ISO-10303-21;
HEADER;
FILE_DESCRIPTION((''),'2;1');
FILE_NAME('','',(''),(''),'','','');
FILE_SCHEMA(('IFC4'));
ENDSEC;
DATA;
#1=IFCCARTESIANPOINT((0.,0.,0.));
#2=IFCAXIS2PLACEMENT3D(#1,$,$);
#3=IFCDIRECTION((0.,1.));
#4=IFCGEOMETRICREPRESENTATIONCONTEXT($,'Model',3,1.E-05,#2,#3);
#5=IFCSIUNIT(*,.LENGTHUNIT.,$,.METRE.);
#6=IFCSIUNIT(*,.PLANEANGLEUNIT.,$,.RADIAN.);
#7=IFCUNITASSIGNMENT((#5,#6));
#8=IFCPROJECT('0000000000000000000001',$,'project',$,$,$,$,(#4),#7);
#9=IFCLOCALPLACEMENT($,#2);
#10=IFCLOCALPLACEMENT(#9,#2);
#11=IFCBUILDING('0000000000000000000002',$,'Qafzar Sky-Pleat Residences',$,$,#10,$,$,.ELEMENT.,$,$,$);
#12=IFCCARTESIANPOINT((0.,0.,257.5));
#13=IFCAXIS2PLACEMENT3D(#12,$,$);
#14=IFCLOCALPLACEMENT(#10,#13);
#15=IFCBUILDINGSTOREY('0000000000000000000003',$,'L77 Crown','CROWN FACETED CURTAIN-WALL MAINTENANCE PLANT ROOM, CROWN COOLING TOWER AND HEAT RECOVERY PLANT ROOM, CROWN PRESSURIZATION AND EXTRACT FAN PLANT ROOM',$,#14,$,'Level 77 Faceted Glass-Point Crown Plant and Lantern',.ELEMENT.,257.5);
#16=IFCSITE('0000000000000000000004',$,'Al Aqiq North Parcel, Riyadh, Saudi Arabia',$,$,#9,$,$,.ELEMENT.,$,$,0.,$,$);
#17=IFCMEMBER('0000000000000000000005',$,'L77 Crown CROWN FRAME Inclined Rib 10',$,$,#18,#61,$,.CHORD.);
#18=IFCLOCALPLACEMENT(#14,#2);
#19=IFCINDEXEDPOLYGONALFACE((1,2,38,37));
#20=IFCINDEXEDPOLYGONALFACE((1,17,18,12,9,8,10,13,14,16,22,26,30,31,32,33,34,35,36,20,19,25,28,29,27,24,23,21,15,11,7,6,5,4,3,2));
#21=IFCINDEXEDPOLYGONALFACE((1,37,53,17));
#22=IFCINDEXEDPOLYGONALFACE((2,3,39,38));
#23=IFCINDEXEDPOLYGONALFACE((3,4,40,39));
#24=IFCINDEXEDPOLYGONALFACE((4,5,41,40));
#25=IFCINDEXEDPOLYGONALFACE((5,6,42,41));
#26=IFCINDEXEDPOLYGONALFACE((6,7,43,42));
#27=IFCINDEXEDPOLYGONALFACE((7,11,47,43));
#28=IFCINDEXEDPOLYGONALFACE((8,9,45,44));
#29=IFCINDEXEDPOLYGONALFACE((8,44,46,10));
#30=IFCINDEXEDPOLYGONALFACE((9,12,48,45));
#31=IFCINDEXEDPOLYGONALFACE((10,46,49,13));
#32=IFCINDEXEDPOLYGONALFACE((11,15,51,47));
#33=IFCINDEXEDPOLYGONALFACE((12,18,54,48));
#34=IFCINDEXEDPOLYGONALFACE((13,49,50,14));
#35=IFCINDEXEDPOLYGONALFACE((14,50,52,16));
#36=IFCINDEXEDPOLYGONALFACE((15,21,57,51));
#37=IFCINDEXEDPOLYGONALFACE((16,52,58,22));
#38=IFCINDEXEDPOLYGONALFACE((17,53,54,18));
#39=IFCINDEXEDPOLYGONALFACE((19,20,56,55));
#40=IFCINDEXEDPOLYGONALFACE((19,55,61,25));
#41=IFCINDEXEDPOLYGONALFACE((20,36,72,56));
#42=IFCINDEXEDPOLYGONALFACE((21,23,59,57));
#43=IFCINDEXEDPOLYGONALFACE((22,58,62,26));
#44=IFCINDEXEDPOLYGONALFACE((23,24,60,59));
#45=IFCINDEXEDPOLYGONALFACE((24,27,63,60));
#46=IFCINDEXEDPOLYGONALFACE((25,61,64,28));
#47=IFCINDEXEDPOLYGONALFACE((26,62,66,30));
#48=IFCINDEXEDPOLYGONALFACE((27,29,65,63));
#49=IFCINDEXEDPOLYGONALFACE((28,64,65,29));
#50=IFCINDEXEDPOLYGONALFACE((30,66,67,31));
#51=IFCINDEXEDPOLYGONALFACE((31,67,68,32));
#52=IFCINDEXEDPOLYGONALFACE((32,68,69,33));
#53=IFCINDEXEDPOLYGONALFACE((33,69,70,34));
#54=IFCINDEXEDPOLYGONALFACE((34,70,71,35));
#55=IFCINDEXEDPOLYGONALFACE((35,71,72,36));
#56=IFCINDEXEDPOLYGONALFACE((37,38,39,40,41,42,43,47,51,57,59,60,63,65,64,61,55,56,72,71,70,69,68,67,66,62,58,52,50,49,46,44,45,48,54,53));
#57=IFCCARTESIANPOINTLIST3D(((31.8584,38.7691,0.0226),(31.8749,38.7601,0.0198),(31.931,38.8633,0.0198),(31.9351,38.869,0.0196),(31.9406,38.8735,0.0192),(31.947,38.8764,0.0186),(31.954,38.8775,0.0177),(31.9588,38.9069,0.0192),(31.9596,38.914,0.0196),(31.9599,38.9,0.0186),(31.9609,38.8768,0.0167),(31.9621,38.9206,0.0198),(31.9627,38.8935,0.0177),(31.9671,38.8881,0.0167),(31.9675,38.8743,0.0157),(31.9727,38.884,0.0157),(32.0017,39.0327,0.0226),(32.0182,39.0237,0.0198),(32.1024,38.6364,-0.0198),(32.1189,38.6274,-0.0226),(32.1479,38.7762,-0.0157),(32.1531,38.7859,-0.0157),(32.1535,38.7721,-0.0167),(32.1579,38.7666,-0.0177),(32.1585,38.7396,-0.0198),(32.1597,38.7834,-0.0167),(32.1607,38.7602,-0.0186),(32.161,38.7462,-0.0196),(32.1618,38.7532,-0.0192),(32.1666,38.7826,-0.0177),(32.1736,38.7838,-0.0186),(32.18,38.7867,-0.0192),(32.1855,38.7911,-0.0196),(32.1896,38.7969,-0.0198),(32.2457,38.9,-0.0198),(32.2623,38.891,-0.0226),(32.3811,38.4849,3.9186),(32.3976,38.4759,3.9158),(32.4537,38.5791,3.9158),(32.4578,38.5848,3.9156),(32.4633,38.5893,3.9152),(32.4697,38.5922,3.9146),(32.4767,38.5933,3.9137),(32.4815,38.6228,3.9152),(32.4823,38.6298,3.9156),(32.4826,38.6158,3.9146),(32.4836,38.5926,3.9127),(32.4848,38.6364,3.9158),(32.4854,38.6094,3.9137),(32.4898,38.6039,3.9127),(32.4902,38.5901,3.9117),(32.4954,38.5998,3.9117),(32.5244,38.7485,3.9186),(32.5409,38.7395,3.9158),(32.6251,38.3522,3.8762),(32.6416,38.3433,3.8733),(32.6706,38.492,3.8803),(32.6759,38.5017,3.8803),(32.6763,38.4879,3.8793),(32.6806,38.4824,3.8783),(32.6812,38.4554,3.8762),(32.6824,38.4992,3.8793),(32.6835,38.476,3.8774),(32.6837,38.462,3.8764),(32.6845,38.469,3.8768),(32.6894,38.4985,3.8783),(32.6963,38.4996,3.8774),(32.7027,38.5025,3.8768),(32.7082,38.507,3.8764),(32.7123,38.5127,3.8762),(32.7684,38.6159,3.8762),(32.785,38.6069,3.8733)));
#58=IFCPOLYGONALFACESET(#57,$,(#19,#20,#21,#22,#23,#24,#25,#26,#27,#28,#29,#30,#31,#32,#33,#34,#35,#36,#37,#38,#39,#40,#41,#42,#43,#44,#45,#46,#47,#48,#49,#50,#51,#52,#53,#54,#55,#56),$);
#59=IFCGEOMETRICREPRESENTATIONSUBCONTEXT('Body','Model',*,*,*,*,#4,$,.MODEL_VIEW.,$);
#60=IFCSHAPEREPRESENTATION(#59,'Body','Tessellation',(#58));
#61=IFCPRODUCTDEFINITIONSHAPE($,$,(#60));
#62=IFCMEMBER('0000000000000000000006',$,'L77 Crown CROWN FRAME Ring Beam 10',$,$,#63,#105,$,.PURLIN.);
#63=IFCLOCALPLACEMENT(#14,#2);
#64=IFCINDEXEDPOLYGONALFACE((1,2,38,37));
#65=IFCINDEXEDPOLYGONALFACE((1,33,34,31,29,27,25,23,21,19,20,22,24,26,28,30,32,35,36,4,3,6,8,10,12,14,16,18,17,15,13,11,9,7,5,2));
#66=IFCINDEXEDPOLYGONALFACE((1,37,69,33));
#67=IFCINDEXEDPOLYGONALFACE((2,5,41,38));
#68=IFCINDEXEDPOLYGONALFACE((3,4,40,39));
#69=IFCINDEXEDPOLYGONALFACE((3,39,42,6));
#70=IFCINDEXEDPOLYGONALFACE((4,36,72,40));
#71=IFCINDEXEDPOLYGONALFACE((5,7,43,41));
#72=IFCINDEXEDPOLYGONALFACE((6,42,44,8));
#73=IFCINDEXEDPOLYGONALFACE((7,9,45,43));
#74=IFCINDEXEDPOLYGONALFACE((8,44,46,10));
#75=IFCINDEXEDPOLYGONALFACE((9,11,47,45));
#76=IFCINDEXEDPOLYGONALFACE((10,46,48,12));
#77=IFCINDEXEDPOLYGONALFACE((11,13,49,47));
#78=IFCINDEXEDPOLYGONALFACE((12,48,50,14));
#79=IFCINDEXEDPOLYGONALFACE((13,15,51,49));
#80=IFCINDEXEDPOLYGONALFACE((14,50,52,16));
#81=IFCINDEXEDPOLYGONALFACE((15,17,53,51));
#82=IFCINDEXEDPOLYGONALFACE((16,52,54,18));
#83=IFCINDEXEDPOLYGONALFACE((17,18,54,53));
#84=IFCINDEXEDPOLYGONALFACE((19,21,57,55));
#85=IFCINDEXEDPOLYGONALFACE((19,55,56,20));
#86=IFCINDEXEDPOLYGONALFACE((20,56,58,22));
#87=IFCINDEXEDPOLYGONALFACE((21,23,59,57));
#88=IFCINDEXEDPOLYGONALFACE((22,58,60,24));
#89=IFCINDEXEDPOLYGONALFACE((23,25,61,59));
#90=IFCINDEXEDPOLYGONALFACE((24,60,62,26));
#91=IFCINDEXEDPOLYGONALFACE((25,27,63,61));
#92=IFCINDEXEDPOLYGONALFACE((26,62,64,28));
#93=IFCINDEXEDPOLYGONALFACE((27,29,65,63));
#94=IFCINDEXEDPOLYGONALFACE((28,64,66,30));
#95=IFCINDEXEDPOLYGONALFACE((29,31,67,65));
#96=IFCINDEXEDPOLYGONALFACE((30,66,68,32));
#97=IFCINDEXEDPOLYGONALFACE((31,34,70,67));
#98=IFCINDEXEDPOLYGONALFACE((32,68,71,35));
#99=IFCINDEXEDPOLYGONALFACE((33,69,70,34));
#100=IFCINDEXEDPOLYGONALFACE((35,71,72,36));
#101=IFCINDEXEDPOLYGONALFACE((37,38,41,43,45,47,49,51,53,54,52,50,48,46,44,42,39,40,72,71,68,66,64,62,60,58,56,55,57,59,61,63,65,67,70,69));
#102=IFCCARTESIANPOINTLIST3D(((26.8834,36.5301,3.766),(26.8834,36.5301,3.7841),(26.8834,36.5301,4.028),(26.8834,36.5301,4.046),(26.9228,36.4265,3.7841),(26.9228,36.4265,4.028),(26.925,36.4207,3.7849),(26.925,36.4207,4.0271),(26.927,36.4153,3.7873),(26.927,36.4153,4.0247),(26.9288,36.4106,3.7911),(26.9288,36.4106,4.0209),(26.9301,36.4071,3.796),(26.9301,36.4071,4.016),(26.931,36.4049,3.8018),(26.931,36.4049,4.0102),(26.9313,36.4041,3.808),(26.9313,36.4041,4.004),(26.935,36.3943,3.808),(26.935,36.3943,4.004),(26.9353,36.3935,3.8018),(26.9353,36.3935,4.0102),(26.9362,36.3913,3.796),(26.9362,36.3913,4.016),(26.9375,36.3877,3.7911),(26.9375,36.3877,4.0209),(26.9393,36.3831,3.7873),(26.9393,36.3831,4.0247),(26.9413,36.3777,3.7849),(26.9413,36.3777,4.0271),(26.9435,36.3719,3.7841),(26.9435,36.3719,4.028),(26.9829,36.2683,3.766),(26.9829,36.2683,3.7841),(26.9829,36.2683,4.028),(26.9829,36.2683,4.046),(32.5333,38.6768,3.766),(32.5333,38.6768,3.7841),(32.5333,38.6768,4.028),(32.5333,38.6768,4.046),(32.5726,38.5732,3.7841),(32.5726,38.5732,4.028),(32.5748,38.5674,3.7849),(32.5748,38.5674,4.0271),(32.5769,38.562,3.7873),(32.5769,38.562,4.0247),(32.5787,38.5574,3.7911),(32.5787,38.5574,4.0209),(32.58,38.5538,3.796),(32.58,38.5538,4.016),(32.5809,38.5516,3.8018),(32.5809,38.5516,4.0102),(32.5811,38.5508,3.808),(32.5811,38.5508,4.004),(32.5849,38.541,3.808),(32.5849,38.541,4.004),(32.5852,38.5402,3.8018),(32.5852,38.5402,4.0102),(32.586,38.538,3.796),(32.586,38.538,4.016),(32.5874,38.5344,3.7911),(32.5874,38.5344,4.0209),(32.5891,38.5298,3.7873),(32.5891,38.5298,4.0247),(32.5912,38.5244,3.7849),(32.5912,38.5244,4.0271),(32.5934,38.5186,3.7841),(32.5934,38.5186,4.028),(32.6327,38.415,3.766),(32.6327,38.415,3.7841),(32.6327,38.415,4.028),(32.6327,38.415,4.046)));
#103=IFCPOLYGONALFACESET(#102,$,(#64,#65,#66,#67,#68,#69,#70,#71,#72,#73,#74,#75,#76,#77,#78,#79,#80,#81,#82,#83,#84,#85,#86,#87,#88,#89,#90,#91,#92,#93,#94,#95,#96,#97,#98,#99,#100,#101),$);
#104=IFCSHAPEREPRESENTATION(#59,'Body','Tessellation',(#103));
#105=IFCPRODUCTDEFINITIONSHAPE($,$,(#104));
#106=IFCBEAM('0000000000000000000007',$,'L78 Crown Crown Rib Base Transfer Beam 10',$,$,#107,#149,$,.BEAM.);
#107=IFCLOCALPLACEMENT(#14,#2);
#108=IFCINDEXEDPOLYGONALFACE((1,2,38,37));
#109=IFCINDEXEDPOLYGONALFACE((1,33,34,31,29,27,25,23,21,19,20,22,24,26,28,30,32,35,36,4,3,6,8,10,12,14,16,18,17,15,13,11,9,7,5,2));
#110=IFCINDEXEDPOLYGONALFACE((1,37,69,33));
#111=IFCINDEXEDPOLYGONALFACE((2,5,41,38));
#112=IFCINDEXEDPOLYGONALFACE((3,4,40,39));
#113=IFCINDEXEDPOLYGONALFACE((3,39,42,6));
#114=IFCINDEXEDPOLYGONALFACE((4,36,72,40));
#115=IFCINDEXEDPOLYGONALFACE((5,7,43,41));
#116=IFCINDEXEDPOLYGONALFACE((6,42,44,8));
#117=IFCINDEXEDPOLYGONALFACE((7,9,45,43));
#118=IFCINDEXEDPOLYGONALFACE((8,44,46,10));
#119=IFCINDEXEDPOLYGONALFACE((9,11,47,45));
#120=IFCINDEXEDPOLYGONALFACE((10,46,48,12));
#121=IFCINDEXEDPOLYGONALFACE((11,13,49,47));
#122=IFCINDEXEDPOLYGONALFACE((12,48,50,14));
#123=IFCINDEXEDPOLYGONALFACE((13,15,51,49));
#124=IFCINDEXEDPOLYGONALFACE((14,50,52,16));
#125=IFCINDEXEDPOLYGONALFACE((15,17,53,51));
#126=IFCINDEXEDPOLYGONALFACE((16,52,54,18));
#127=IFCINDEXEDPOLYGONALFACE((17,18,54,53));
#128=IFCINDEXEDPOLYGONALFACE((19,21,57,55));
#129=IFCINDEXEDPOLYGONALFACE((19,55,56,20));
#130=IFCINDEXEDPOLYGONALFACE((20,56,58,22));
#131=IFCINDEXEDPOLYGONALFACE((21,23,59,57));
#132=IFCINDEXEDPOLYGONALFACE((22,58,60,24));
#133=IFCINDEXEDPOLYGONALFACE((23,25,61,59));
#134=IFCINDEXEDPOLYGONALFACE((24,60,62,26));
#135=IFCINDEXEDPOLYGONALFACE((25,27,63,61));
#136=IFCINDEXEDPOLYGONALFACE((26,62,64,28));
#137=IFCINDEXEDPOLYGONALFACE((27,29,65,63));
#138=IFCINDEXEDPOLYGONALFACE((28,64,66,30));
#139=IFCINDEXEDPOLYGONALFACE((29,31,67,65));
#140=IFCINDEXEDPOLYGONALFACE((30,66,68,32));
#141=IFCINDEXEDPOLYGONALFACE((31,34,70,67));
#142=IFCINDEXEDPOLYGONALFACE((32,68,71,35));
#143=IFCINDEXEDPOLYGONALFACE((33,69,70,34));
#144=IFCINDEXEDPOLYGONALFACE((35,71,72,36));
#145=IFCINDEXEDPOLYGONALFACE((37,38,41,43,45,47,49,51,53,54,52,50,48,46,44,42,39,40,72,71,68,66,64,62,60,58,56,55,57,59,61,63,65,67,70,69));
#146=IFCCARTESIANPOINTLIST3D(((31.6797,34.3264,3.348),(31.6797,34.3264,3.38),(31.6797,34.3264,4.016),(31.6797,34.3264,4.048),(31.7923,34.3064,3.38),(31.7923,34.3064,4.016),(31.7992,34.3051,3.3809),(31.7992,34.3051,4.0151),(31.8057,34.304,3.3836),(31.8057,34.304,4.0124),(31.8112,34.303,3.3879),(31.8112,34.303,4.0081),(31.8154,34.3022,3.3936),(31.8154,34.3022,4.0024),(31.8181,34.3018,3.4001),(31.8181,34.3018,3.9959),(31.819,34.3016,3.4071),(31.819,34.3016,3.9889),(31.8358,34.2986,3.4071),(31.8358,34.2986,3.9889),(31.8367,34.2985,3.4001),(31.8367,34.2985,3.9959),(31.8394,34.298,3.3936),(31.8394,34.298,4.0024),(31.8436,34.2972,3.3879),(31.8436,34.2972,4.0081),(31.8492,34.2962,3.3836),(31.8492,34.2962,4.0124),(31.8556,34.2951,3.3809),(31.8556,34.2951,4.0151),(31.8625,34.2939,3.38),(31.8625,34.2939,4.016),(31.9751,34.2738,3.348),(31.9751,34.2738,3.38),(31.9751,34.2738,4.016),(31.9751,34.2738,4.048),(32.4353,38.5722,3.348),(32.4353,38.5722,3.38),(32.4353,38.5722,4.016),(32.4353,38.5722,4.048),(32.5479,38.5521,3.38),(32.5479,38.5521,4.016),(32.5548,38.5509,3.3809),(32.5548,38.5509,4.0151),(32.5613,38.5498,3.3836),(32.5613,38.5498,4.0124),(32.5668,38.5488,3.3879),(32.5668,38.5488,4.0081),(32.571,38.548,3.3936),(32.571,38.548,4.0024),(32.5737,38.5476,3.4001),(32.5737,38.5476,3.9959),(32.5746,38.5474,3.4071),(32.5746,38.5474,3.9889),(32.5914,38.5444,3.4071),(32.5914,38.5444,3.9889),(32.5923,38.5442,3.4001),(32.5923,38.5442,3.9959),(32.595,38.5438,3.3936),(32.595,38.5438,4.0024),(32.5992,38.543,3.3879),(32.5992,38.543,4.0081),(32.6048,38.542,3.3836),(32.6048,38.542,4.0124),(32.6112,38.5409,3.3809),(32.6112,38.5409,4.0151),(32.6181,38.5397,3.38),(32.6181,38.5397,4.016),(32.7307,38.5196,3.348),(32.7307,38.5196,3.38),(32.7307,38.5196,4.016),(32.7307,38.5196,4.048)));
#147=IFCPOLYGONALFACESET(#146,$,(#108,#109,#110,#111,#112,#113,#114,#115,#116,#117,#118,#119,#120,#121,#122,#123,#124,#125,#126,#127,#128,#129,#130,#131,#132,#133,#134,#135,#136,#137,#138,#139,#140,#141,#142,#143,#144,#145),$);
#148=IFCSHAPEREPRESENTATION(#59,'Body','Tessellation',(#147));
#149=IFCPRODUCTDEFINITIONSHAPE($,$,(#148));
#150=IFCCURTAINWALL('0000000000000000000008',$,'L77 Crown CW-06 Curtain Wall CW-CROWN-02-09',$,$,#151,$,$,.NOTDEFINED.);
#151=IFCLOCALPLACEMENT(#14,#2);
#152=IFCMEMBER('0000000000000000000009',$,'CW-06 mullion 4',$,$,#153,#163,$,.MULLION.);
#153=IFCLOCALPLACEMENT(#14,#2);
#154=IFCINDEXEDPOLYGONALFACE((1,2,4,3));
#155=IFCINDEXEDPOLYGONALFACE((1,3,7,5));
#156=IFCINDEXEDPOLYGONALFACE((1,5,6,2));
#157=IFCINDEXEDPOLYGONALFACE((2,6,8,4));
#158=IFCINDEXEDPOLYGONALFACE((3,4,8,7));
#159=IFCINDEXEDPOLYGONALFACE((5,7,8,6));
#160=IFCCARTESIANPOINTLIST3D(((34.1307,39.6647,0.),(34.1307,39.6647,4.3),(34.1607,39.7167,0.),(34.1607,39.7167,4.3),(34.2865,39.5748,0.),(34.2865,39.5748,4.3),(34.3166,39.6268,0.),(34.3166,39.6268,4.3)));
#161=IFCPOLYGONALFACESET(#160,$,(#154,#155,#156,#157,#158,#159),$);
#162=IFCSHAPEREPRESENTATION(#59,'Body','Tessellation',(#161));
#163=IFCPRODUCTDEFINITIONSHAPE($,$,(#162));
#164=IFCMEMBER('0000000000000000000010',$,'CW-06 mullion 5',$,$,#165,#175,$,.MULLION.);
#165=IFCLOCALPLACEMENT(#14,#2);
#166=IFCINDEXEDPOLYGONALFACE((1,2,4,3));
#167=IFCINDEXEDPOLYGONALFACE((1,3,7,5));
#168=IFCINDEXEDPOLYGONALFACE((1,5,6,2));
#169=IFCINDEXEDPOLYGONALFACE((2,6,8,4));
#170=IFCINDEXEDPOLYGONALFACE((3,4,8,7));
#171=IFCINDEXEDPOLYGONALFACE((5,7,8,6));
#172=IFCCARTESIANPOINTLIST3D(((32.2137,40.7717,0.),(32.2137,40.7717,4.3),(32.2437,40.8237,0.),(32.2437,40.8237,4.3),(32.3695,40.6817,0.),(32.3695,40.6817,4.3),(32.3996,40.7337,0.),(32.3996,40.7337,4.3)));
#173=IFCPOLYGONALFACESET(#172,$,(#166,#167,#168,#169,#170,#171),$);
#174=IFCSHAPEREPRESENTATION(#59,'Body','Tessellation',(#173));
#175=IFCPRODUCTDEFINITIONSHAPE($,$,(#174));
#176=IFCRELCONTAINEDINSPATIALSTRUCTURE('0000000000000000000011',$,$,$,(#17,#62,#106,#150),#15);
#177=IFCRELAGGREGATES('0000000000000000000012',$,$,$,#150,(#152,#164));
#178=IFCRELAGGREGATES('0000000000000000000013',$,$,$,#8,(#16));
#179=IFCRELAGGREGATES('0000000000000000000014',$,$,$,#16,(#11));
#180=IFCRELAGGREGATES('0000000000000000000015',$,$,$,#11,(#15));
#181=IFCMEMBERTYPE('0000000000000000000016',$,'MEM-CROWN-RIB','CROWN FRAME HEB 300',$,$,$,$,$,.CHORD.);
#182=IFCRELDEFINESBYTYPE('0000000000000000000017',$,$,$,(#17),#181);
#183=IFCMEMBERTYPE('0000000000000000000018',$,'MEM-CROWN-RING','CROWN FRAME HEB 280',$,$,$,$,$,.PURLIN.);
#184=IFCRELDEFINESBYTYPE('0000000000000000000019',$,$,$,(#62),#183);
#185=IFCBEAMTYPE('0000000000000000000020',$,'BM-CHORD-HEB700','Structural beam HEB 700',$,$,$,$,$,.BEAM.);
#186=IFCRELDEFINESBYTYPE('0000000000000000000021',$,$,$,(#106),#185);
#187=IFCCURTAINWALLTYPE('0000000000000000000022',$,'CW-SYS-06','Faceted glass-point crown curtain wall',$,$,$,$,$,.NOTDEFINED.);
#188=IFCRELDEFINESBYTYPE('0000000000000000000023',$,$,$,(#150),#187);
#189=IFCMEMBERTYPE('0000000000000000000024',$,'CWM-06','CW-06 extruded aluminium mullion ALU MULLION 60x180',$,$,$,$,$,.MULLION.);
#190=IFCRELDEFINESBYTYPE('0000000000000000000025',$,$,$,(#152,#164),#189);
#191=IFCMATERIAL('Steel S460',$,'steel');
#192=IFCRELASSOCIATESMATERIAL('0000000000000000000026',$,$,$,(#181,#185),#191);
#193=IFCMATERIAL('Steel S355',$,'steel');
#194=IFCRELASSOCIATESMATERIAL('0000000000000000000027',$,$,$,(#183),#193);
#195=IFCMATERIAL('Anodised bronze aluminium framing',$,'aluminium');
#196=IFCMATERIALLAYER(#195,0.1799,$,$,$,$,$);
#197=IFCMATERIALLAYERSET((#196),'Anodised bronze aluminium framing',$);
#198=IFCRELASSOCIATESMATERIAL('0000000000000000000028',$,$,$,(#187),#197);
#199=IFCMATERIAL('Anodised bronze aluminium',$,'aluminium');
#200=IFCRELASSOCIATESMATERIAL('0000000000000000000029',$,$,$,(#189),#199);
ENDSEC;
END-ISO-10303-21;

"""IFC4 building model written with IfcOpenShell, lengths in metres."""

from ifc_helpers import new_model, si_unit, direction, frame, origin, origin_2d, place, context, subcontext, project, spatial, rectangle, i_section, extrude, source, transform, mapped, material, layer, layer_set, material_profile, profile_set, type_object, element, aggregate, save


model = new_model("IFC4")

# Units and contexts
model_context = context("Model", 3, precision=1e-05, world=origin(), true_north=direction((0.0, 1.0)))
body_context = subcontext(model_context, "Body", "Model", "MODEL_VIEW")
ifc_project = project(units=[si_unit("LENGTHUNIT", "METRE"), si_unit("PLANEANGLEUNIT", "RADIAN")], contexts=[model_context])

# Site, building, storey
site_placement = place(None, origin())
site = spatial("IfcSite", under=ifc_project, at=site_placement, Name="Al Aqiq North Parcel, Riyadh, Saudi Arabia", CompositionType="ELEMENT", RefElevation=0.0)
building_placement = place(site_placement, origin())
building = spatial("IfcBuilding", under=site, at=building_placement, Name="Qafzar Sky-Pleat Residences", CompositionType="ELEMENT")
storey_placement = place(building_placement, frame((0.0, 0.0, 257.5)))
storey = spatial("IfcBuildingStorey", under=building, at=storey_placement, Name="L77 Crown", Description="CROWN FACETED CURTAIN-WALL MAINTENANCE PLANT ROOM, CROWN COOLING TOWER AND HEAT RECOVERY PLANT ROOM, CROWN PRESSURIZATION AND EXTRACT FAN PLANT ROOM", LongName="Level 77 Faceted Glass-Point Crown Plant and Lantern", CompositionType="ELEMENT", Elevation=257.5)

# Members
ifc_material_1 = material(Name="Steel S460", Category="steel")
ifc_material_profile_1 = material_profile(ifc_material_1, i_section(OverallWidth=0.3, OverallDepth=0.3, WebThickness=0.011, FlangeThickness=0.019, FilletRadius=0.0271, at=origin_2d()), Name="HEB 300")
ifc_profile_set_1 = profile_set([ifc_material_profile_1], Name="Steel S460")
member_type_1 = type_object("IfcMemberType", Name="MEM-CROWN-RIB", Description="CROWN FRAME HEB 300", PredefinedType="CHORD", material=ifc_profile_set_1)
shared_shape_1 = source(origin(), body_context, "Body", "SweptSolid", [
    extrude(i_section(OverallWidth=0.3, OverallDepth=0.3, WebThickness=0.011, FlangeThickness=0.019, FilletRadius=0.0271, at=origin_2d()), origin(), (0.0, 0.0, 1.0), 3.9412),
])
member_1_placement = place(storey_placement, frame((32.0603, 38.8301, 0.0), z_axis=(0.132627, -0.072106, 0.98854), x_axis=(0.477644, 0.878553, 0.0)))
element("IfcMember", 1, at=member_1_placement, inside=storey, type_object=member_type_1, Name="L77 Crown CROWN FRAME Inclined Rib 10", PredefinedType="CHORD", context=body_context, shape_type="MappedRepresentation", body=[
    mapped(shared_shape_1, transform((0.0, 0.0, 0.0), x_axis=(1.0, 0.0, 0.0), y_axis=(0.0, 1.0, 0.0), z_axis=(0.0, 0.0, 1.0), scale=1.0)),
])
ifc_material_2 = material(Name="Steel S355", Category="steel")
ifc_material_profile_2 = material_profile(ifc_material_2, i_section(OverallWidth=0.28, OverallDepth=0.28, WebThickness=0.0105, FlangeThickness=0.0181, FilletRadius=0.0239, at=origin_2d()), Name="HEB 280")
ifc_profile_set_2 = profile_set([ifc_material_profile_2], Name="Steel S355")
member_type_2 = type_object("IfcMemberType", Name="MEM-CROWN-RING", Description="CROWN FRAME HEB 280", PredefinedType="PURLIN", material=ifc_profile_set_2)
shared_shape_2 = source(origin(), body_context, "Body", "SweptSolid", [
    extrude(i_section(OverallWidth=0.28, OverallDepth=0.28, WebThickness=0.0105, FlangeThickness=0.0181, FilletRadius=0.0239, at=origin_2d()), origin(), (0.0, 0.0, 1.0), 6.0439),
])
member_2_placement = place(storey_placement, frame((32.583, 38.5459, 3.906), z_axis=(-0.934796, -0.355184, 0.0), x_axis=(0.355184, -0.934796, 0.0)))
element("IfcMember", 2, at=member_2_placement, inside=storey, type_object=member_type_2, Name="L77 Crown CROWN FRAME Ring Beam 10", PredefinedType="PURLIN", context=body_context, shape_type="MappedRepresentation", body=[
    mapped(shared_shape_2, transform((0.0, 0.0, 0.0), x_axis=(1.0, 0.0, 0.0), y_axis=(0.0, 1.0, 0.0), z_axis=(0.0, 0.0, 1.0), scale=1.0)),
])

# Beam
ifc_material_profile_3 = material_profile(ifc_material_1, i_section(OverallWidth=0.3, OverallDepth=0.7, WebThickness=0.0171, FlangeThickness=0.032, FilletRadius=0.0271, at=origin_2d()), Name="HEB 700")
ifc_profile_set_3 = profile_set([ifc_material_profile_3], Name="Steel S460")
beam_type = type_object("IfcBeamType", Name="BM-CHORD-HEB700", Description="Structural beam HEB 700", PredefinedType="BEAM", material=ifc_profile_set_3)
shared_shape_3 = source(origin(), body_context, "Body", "SweptSolid", [
    extrude(i_section(OverallWidth=0.3, OverallDepth=0.7, WebThickness=0.0171, FlangeThickness=0.032, FilletRadius=0.0271, at=origin_2d()), origin(), (0.0, 0.0, 1.0), 4.3125),
])
beam_placement = place(storey_placement, frame((32.583, 38.5459, 3.698), z_axis=(-0.175213, -0.984531, 0.0), x_axis=(0.984531, -0.175213, 0.0)))
element("IfcBeam", 3, at=beam_placement, inside=storey, type_object=beam_type, Name="L78 Crown Crown Rib Base Transfer Beam 10", PredefinedType="BEAM", context=body_context, shape_type="MappedRepresentation", body=[
    mapped(shared_shape_3, transform((0.0, 0.0, 0.0), x_axis=(1.0, 0.0, 0.0), y_axis=(0.0, 1.0, 0.0), z_axis=(0.0, 0.0, 1.0), scale=1.0)),
])

# Curtain wall, members
ifc_material_3 = material(Name="Anodised bronze aluminium framing", Category="aluminium")
ifc_layer_1 = layer(ifc_material_3, 0.1799)
ifc_layer_set_1 = layer_set([ifc_layer_1], Name="Anodised bronze aluminium framing")
curtain_wall_type = type_object("IfcCurtainWallType", Name="CW-SYS-06", Description="Faceted glass-point crown curtain wall", PredefinedType="NOTDEFINED", material=ifc_layer_set_1)
curtain_wall_1_placement = place(storey_placement, origin())
curtain_wall_1 = element("IfcCurtainWall", 4, at=curtain_wall_1_placement, inside=storey, type_object=curtain_wall_type, Name="L77 Crown CW-06 Curtain Wall CW-CROWN-02-09", PredefinedType="NOTDEFINED")
ifc_material_4 = material(Name="Anodised bronze aluminium", Category="aluminium")
ifc_material_profile_4 = material_profile(ifc_material_4, rectangle(XDim=0.0601, YDim=0.1799, at=origin_2d()), Name="ALU MULLION 60x180")
ifc_profile_set_4 = profile_set([ifc_material_profile_4], Name="Anodised bronze aluminium")
member_type_3 = type_object("IfcMemberType", Name="CWM-06", Description="CW-06 extruded aluminium mullion ALU MULLION 60x180", PredefinedType="MULLION", material=ifc_profile_set_4)
shared_shape_4 = source(origin(), body_context, "Body", "SweptSolid", [
    extrude(rectangle(XDim=0.0601, YDim=0.1799, at=origin_2d()), origin(), (0.0, 0.0, 1.0), 4.3),
])
member_3_placement = place(storey_placement, frame((34.2236, 39.6458, 0.0), z_axis=(0.0, 0.0, 1.0), x_axis=(-0.500003, -0.866024, 0.0)))
member_3 = element("IfcMember", 5, at=member_3_placement, type_object=member_type_3, Name="CW-06 mullion 4", PredefinedType="MULLION", context=body_context, shape_type="MappedRepresentation", body=[
    mapped(shared_shape_4, transform((0.0, 0.0, 0.0), x_axis=(1.0, 0.0, 0.0), y_axis=(0.0, 1.0, 0.0), z_axis=(0.0, 0.0, 1.0), scale=1.0)),
])
member_4_placement = place(storey_placement, frame((32.3066, 40.7527, 0.0), z_axis=(0.0, 0.0, 1.0), x_axis=(-0.500003, -0.866024, 0.0)))
member_4 = element("IfcMember", 6, at=member_4_placement, type_object=member_type_3, Name="CW-06 mullion 5", PredefinedType="MULLION", context=body_context, shape_type="MappedRepresentation", body=[
    mapped(shared_shape_4, transform((0.0, 0.0, 0.0), x_axis=(1.0, 0.0, 0.0), y_axis=(0.0, 1.0, 0.0), z_axis=(0.0, 0.0, 1.0), scale=1.0)),
])

aggregate(curtain_wall_1, [member_3, member_4])

save(model, "model.ifc")
